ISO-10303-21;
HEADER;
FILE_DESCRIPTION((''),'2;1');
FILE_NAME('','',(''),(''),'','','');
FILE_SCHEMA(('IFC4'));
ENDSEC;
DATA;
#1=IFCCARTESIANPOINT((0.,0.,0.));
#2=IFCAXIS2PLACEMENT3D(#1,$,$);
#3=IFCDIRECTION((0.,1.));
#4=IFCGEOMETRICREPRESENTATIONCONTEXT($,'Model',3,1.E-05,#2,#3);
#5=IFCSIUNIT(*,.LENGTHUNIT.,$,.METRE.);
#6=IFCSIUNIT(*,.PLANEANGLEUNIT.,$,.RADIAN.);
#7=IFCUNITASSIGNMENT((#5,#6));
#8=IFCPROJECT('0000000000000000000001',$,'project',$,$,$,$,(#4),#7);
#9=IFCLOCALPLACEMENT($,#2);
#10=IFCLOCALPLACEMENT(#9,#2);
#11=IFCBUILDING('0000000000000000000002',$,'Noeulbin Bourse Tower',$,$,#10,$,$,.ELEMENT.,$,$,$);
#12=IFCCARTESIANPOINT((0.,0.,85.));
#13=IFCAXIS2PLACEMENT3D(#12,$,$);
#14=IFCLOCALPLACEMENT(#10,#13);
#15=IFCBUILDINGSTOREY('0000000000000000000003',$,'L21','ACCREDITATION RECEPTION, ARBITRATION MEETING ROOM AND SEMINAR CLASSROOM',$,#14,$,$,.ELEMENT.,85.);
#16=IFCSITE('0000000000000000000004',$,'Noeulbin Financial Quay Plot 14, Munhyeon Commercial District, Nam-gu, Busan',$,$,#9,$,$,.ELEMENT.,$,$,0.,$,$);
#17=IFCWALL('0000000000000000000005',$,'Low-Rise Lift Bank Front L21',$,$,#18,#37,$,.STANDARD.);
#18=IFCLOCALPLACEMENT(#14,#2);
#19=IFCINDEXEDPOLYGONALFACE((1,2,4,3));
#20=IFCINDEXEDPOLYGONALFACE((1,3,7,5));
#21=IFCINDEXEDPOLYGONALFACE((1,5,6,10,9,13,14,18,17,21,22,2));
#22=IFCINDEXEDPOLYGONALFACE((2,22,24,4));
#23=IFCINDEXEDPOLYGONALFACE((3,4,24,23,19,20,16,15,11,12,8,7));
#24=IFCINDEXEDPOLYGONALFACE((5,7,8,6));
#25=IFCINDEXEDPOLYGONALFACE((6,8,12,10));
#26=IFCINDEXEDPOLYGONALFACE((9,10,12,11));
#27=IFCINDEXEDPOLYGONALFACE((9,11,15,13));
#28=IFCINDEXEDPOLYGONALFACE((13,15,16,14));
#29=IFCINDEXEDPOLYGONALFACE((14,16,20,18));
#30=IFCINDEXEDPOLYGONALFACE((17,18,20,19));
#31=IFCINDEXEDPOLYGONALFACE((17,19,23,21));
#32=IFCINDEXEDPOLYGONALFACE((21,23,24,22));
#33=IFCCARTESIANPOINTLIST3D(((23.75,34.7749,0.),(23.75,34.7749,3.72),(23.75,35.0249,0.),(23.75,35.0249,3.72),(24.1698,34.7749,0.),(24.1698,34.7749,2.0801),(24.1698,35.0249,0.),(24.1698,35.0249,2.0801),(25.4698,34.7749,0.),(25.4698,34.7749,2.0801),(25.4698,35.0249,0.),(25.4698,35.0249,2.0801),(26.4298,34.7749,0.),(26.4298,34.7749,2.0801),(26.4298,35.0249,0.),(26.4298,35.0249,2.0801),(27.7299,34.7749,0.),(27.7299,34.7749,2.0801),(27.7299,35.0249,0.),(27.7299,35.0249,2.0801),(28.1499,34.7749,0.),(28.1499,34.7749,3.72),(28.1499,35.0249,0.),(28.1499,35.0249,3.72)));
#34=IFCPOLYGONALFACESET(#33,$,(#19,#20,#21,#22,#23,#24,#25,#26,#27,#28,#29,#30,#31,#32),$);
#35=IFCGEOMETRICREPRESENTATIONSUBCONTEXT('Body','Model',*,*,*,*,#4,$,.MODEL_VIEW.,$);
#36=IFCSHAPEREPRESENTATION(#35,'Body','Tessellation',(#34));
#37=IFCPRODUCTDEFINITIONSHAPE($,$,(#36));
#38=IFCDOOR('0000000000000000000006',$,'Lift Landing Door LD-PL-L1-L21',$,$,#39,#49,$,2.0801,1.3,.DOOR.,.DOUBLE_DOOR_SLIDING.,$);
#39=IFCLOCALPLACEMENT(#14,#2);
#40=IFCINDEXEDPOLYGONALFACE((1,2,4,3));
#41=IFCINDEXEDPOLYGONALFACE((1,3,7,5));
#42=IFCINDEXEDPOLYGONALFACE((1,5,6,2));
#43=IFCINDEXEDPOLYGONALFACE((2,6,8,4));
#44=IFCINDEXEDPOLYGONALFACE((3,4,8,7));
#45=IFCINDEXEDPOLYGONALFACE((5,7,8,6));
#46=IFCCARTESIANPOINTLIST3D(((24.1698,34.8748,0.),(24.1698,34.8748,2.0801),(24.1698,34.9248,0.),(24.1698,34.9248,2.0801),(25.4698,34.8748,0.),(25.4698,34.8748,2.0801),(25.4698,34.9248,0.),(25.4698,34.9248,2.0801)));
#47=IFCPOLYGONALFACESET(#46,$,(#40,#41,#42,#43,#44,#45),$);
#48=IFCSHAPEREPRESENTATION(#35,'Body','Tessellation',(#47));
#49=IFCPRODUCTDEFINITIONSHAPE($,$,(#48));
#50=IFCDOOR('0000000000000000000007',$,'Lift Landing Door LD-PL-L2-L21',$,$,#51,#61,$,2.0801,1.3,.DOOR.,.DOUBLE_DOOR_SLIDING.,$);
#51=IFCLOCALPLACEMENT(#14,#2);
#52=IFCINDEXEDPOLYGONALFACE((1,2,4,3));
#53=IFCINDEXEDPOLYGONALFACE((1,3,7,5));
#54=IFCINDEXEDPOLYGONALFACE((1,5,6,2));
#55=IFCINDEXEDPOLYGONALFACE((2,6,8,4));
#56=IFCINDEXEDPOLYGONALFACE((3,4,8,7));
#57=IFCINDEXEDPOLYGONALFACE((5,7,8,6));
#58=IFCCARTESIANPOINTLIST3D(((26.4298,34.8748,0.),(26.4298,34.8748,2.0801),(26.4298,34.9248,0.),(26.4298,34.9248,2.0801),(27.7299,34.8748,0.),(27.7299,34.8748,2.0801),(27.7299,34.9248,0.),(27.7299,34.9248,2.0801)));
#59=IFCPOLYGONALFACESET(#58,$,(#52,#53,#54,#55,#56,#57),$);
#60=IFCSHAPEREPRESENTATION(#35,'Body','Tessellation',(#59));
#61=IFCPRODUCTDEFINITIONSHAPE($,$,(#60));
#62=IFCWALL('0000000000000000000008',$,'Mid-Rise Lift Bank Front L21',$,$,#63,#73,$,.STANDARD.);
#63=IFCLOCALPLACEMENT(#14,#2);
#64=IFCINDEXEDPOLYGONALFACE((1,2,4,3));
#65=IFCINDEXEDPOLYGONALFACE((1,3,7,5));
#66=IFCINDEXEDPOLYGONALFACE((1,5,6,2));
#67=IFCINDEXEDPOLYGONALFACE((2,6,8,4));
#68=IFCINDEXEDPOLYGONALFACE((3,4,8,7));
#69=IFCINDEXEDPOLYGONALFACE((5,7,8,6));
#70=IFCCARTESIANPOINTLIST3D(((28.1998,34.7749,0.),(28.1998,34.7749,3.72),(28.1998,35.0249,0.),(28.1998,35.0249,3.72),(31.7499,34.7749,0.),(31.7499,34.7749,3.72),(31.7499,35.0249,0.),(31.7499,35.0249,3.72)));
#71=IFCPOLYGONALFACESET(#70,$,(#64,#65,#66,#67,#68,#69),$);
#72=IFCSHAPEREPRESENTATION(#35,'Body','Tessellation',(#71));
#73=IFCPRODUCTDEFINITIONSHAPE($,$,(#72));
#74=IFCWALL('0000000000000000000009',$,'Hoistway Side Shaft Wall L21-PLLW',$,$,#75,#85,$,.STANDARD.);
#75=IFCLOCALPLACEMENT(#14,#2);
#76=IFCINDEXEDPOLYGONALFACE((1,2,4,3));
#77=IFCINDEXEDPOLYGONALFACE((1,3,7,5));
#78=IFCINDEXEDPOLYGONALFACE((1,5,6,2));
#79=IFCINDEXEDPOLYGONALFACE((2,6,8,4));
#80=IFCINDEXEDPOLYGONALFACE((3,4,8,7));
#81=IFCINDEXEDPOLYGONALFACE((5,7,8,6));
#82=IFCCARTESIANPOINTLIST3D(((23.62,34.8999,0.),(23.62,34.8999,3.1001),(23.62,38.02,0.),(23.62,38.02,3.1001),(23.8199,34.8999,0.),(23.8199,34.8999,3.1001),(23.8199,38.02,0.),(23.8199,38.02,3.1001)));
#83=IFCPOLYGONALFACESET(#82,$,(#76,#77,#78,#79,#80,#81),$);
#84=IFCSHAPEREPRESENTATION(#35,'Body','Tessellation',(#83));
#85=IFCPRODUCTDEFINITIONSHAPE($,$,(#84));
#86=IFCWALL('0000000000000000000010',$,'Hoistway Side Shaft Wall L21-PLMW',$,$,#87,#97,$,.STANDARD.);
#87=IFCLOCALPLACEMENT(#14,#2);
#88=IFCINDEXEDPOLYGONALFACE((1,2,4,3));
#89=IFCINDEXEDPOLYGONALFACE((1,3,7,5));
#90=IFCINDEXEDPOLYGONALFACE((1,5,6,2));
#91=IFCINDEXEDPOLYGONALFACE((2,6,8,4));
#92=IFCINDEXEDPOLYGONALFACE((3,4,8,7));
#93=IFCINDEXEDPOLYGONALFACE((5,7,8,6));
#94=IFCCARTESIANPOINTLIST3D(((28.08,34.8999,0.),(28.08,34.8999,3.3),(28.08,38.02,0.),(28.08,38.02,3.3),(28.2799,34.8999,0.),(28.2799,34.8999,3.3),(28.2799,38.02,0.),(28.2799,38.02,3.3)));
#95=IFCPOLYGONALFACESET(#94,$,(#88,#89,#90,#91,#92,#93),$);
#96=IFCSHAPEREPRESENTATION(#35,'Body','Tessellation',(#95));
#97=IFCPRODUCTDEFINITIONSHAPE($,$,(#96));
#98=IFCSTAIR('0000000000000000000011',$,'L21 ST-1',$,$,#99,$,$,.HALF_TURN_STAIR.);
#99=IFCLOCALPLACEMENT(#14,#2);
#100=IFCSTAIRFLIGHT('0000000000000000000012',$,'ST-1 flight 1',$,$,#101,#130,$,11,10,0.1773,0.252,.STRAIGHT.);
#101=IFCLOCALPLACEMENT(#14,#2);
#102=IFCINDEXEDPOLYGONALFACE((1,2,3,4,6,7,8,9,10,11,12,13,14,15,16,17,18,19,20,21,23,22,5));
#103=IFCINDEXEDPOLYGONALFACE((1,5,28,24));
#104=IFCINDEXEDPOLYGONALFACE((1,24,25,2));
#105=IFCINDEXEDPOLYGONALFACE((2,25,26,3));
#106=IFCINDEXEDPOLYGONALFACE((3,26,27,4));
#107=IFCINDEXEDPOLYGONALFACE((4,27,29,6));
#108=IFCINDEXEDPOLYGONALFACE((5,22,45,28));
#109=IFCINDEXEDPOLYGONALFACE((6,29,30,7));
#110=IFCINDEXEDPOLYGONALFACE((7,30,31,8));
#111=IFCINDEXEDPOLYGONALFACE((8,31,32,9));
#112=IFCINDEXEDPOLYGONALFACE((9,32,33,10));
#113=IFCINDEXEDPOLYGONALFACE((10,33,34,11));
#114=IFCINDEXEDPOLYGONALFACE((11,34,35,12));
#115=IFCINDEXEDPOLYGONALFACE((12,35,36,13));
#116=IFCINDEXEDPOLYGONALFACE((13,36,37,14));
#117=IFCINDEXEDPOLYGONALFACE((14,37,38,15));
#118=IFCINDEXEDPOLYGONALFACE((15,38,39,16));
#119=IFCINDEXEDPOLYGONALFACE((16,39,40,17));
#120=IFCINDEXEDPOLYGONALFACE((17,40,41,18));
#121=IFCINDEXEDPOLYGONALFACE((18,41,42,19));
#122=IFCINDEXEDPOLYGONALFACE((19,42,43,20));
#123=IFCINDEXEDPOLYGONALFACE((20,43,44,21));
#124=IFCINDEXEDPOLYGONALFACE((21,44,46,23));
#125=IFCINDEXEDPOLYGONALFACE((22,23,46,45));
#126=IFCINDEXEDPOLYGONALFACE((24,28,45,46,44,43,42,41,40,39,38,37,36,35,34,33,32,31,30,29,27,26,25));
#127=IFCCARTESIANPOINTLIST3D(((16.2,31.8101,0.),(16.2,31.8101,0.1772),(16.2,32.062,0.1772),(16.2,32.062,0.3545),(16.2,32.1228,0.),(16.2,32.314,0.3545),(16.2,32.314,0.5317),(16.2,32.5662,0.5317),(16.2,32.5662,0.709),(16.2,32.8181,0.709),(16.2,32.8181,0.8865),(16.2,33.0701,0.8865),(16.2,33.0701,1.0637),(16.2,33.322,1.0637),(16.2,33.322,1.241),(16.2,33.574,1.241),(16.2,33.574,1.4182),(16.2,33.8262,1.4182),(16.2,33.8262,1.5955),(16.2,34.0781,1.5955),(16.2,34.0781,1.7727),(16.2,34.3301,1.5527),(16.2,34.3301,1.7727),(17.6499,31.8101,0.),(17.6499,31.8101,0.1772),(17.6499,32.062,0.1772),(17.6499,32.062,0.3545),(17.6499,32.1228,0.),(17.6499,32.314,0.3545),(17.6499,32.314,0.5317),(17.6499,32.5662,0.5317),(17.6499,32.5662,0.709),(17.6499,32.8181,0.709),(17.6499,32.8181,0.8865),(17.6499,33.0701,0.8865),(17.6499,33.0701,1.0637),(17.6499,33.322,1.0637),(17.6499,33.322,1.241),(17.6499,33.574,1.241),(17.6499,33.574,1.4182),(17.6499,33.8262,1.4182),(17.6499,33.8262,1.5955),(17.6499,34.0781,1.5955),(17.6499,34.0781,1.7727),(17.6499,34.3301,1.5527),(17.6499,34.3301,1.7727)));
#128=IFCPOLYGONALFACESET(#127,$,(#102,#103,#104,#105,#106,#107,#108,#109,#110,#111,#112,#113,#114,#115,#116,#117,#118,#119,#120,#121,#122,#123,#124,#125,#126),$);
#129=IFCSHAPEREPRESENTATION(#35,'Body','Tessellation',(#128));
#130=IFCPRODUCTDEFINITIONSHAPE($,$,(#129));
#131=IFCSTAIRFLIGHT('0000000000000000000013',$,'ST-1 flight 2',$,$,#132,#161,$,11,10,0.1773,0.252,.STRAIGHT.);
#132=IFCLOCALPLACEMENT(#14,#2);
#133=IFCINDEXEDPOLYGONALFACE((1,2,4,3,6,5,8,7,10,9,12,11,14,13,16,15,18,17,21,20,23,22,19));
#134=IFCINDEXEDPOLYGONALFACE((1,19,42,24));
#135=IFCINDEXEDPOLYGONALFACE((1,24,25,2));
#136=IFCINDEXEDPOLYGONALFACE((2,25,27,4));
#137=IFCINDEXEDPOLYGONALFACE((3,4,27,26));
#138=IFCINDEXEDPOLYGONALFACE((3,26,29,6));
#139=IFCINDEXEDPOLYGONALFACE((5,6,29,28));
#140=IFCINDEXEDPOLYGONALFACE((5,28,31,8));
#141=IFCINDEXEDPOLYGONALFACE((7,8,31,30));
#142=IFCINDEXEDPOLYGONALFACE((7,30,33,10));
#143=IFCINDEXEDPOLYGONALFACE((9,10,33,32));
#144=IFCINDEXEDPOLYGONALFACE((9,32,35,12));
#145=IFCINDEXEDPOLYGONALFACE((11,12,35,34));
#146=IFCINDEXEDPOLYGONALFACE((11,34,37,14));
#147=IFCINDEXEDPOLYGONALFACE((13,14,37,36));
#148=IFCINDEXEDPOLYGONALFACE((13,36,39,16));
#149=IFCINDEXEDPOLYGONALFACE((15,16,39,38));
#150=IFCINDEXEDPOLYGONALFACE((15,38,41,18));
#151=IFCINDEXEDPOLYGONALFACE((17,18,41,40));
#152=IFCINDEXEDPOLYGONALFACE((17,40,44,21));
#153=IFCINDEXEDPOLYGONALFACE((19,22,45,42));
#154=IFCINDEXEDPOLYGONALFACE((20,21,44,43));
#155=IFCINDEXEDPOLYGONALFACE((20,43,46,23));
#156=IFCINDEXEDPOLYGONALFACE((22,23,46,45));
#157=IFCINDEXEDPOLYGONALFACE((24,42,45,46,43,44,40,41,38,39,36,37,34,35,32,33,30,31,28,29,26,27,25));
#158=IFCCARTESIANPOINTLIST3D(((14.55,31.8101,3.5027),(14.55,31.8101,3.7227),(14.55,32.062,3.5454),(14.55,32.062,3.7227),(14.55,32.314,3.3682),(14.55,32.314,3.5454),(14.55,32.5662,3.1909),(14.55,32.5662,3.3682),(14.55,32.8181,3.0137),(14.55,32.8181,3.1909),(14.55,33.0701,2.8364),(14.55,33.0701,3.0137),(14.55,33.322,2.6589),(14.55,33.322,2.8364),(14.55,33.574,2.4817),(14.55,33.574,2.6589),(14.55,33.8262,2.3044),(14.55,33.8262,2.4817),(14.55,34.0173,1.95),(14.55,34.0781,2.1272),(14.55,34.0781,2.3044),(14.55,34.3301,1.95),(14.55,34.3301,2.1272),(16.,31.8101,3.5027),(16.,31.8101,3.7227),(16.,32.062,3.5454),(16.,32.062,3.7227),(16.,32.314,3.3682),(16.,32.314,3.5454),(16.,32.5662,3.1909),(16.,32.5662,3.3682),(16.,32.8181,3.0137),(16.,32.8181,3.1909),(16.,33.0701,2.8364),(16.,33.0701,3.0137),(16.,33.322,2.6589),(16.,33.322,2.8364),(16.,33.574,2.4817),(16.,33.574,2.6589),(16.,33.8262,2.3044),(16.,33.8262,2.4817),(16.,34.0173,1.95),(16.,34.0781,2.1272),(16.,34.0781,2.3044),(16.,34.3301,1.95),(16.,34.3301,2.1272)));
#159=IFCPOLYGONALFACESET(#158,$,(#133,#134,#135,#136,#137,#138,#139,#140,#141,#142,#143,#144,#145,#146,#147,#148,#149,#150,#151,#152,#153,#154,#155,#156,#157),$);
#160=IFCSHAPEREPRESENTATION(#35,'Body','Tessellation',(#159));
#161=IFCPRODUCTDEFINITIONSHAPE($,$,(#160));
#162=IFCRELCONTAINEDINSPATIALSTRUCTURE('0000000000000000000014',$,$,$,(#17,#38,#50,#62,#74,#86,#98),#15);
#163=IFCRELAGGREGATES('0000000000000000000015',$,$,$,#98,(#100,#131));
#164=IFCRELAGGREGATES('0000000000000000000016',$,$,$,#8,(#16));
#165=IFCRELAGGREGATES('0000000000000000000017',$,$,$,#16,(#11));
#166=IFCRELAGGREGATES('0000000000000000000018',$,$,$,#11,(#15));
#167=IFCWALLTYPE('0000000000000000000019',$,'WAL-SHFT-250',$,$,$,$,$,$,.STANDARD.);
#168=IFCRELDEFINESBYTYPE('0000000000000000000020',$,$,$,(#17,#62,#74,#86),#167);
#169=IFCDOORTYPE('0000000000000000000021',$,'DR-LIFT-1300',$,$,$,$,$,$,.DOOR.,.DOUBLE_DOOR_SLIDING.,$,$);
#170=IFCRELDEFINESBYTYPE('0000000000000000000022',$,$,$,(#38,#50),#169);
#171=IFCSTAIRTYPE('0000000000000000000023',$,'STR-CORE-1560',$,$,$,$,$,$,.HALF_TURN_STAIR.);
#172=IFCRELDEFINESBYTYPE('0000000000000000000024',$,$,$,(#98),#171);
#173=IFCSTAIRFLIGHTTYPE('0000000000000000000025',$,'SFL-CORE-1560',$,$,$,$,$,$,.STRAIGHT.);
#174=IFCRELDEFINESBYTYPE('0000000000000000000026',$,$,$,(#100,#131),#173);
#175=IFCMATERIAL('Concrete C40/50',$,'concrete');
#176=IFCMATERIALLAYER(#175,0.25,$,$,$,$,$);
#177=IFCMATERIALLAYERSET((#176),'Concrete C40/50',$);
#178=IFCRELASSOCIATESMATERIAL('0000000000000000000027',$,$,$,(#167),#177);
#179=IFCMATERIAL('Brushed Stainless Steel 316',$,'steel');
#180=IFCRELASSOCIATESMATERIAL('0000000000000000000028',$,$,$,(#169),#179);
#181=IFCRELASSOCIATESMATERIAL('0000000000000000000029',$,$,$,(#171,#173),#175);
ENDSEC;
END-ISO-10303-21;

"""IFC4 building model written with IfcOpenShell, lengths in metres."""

from ifc_helpers import new_model, si_unit, direction, frame, frame_2d, origin, place, context, subcontext, project, spatial, polyline, rectangle, outline, extrude, material, layer, layer_set, type_object, element, fill, aggregate, save


model = new_model("IFC4")

# Units and contexts
model_context = context("Model", 3, precision=1e-05, world=origin(), true_north=direction((0.0, 1.0)))
body_context = subcontext(model_context, "Body", "Model", "MODEL_VIEW")
ifc_project = project(units=[si_unit("LENGTHUNIT", "METRE"), si_unit("PLANEANGLEUNIT", "RADIAN")], contexts=[model_context])

# Site, building, storey
site_placement = place(None, origin())
site = spatial("IfcSite", under=ifc_project, at=site_placement, Name="Noeulbin Financial Quay Plot 14, Munhyeon Commercial District, Nam-gu, Busan", CompositionType="ELEMENT", RefElevation=0.0)
building_placement = place(site_placement, origin())
building = spatial("IfcBuilding", under=site, at=building_placement, Name="Noeulbin Bourse Tower", CompositionType="ELEMENT")
storey_placement = place(building_placement, frame((0.0, 0.0, 85.0)))
storey = spatial("IfcBuildingStorey", under=building, at=storey_placement, Name="L21", Description="ACCREDITATION RECEPTION, ARBITRATION MEETING ROOM AND SEMINAR CLASSROOM", CompositionType="ELEMENT", Elevation=85.0)

# Shared definitions
ifc_material_1 = material(Name="Concrete C40/50", Category="concrete")
ifc_layer_1 = layer(ifc_material_1, 0.25)
ifc_layer_set_1 = layer_set([ifc_layer_1], Name="Concrete C40/50")
wall_type_1 = type_object("IfcWallType", Name="WAL-SHFT-250", PredefinedType="STANDARD", material=ifc_layer_set_1)

# Shared definitions
ifc_material_2 = material(Name="Brushed Stainless Steel 316", Category="steel")

# Wall, openings, doors
wall_1_placement = place(storey_placement, frame((23.75, 34.8999, 0.0), z_axis=(0.0, 0.0, 1.0), x_axis=(1.0, 0.0, 0.0)))
wall_1 = element("IfcWall", 1, at=wall_1_placement, inside=storey, type_object=wall_type_1, Name="Low-Rise Lift Bank Front L21", PredefinedType="STANDARD", context=body_context, shape_type="SweptSolid", body=[
    extrude(rectangle(XDim=4.3999, YDim=0.25, at=frame_2d((2.2, 0.0))), origin(), (0.0, 0.0, 1.0), 3.72),
])
opening_1_placement = place(wall_1_placement, frame((0.4199, 0.0, 0.0)))
opening_1 = element("IfcOpeningElement", 2, at=opening_1_placement, cuts=wall_1, PredefinedType="OPENING", context=body_context, shape_type="SweptSolid", body=[
    extrude(rectangle(XDim=1.3, YDim=2.0801, at=frame_2d((0.6499, 1.04))), frame((0.0, 0.135, 0.0), z_axis=(0.0, -1.0, 0.0), x_axis=(1.0, 0.0, 0.0)), (0.0, 0.0, 1.0), 0.27),
])
opening_2_placement = place(wall_1_placement, frame((2.6799, 0.0, 0.0)))
opening_2 = element("IfcOpeningElement", 3, at=opening_2_placement, cuts=wall_1, PredefinedType="OPENING", context=body_context, shape_type="SweptSolid", body=[
    extrude(rectangle(XDim=1.3, YDim=2.0801, at=frame_2d((0.6499, 1.04))), frame((0.0, 0.135, 0.0), z_axis=(0.0, -1.0, 0.0), x_axis=(1.0, 0.0, 0.0)), (0.0, 0.0, 1.0), 0.27),
])
door_type_1 = type_object("IfcDoorType", Name="DR-LIFT-1300", OperationType="DOUBLE_DOOR_SLIDING", PredefinedType="DOOR", material=ifc_material_2)
door_1_placement = place(opening_1_placement, origin())
door_1 = element("IfcDoor", 4, at=door_1_placement, inside=storey, type_object=door_type_1, Name="Lift Landing Door LD-PL-L1-L21", OperationType="DOUBLE_DOOR_SLIDING", OverallHeight=2.0801, OverallWidth=1.3, PredefinedType="DOOR", context=body_context, shape_type="SweptSolid", body=[
    extrude(rectangle(XDim=1.3, YDim=2.0801, at=frame_2d((0.6499, 1.04))), frame((0.0, 0.0249, 0.0), z_axis=(0.0, -1.0, 0.0), x_axis=(1.0, 0.0, 0.0)), (0.0, 0.0, 1.0), 0.05),
])
fill(opening_1, door_1)
door_2_placement = place(opening_2_placement, origin())
door_2 = element("IfcDoor", 5, at=door_2_placement, inside=storey, type_object=door_type_1, Name="Lift Landing Door LD-PL-L2-L21", OperationType="DOUBLE_DOOR_SLIDING", OverallHeight=2.0801, OverallWidth=1.3, PredefinedType="DOOR", context=body_context, shape_type="SweptSolid", body=[
    extrude(rectangle(XDim=1.3, YDim=2.0801, at=frame_2d((0.6499, 1.04))), frame((0.0, 0.0249, 0.0), z_axis=(0.0, -1.0, 0.0), x_axis=(1.0, 0.0, 0.0)), (0.0, 0.0, 1.0), 0.05),
])
fill(opening_2, door_2)

# Walls
wall_2_placement = place(storey_placement, frame((28.2, 34.8999, 0.0), z_axis=(0.0, 0.0, 1.0), x_axis=(1.0, 0.0, 0.0)))
element("IfcWall", 6, at=wall_2_placement, inside=storey, type_object=wall_type_1, Name="Mid-Rise Lift Bank Front L21", PredefinedType="STANDARD", context=body_context, shape_type="SweptSolid", body=[
    extrude(rectangle(XDim=3.55, YDim=0.25, at=frame_2d((1.7749, 0.0))), origin(), (0.0, 0.0, 1.0), 3.72),
])
wall_3_placement = place(storey_placement, frame((23.72, 34.8999, 0.0), z_axis=(0.0, 0.0, 1.0), x_axis=(0.0, 1.0, 0.0)))
element("IfcWall", 7, at=wall_3_placement, inside=storey, type_object=wall_type_1, Name="Hoistway Side Shaft Wall L21-PLLW", PredefinedType="STANDARD", context=body_context, shape_type="SweptSolid", body=[
    extrude(rectangle(XDim=3.1201, YDim=0.2, at=frame_2d((1.5601, 0.0))), origin(), (0.0, 0.0, 1.0), 3.1001),
])
wall_4_placement = place(storey_placement, frame((28.1799, 34.8999, 0.0), z_axis=(0.0, 0.0, 1.0), x_axis=(0.0, 1.0, 0.0)))
element("IfcWall", 8, at=wall_4_placement, inside=storey, type_object=wall_type_1, Name="Hoistway Side Shaft Wall L21-PLMW", PredefinedType="STANDARD", context=body_context, shape_type="SweptSolid", body=[
    extrude(rectangle(XDim=3.1201, YDim=0.2, at=frame_2d((1.5601, 0.0))), origin(), (0.0, 0.0, 1.0), 3.3),
])

# Stair, stair flights
stair_type = type_object("IfcStairType", Name="STR-CORE-1560", PredefinedType="HALF_TURN_STAIR", material=ifc_material_1)
stair_placement = place(storey_placement, origin())
stair = element("IfcStair", 9, at=stair_placement, inside=storey, type_object=stair_type, Name="L21 ST-1", PredefinedType="HALF_TURN_STAIR")
stair_flight_type = type_object("IfcStairFlightType", Name="SFL-CORE-1560", PredefinedType="STRAIGHT", material=ifc_material_1)
stair_flight_1_placement = place(storey_placement, frame((16.925, 31.8101, 0.0), z_axis=(0.0, 0.0, 1.0), x_axis=(0.0, 1.0, 0.0)))
stair_flight_1 = element("IfcStairFlight", 10, at=stair_flight_1_placement, type_object=stair_flight_type, Name="ST-1 flight 1", NumberOfRisers=11, NumberOfTreads=10, PredefinedType="STRAIGHT", RiserHeight=0.1773, TreadLength=0.252, context=body_context, shape_type="SweptSolid", body=[
    extrude(outline(polyline([(0.0, 0.0), (0.0, 0.1772), (0.252, 0.1772), (0.252, 0.3545), (0.5039, 0.3545), (0.5039, 0.5317), (0.7561, 0.5317), (0.7561, 0.709), (1.0081, 0.709), (1.0081, 0.8865), (1.26, 0.8865), (1.26, 1.0637), (1.512, 1.0637), (1.512, 1.241), (1.7639, 1.241), (1.7639, 1.4182), (2.0161, 1.4182), (2.0161, 1.5955), (2.2681, 1.5955), (2.2681, 1.7727), (2.52, 1.7727), (2.52, 1.95), (2.52, 1.5527), (0.3127, 0.0), (0.0, 0.0)])), frame((0.0, 0.7251, 0.0), z_axis=(0.0, -1.0, 0.0), x_axis=(1.0, 0.0, 0.0)), (0.0, 0.0, 1.0), 1.45),
])
stair_flight_2_placement = place(storey_placement, frame((15.2749, 34.3301, 1.95), z_axis=(0.0, 0.0, 1.0), x_axis=(0.0, -1.0, 0.0)))
stair_flight_2 = element("IfcStairFlight", 11, at=stair_flight_2_placement, type_object=stair_flight_type, Name="ST-1 flight 2", NumberOfRisers=11, NumberOfTreads=10, PredefinedType="STRAIGHT", RiserHeight=0.1773, TreadLength=0.252, context=body_context, shape_type="SweptSolid", body=[
    extrude(outline(polyline([(0.0, 0.0), (0.0, 0.1772), (0.252, 0.1772), (0.252, 0.3545), (0.5039, 0.3545), (0.5039, 0.5317), (0.7561, 0.5317), (0.7561, 0.709), (1.0081, 0.709), (1.0081, 0.8865), (1.26, 0.8865), (1.26, 1.0637), (1.512, 1.0637), (1.512, 1.241), (1.7639, 1.241), (1.7639, 1.4182), (2.0161, 1.4182), (2.0161, 1.5955), (2.2681, 1.5955), (2.2681, 1.7727), (2.52, 1.7727), (2.52, 1.95), (2.52, 1.5527), (0.3127, 0.0), (0.0, 0.0)])), frame((0.0, 0.7251, 0.0), z_axis=(0.0, -1.0, 0.0), x_axis=(1.0, 0.0, 0.0)), (0.0, 0.0, 1.0), 1.45),
])
aggregate(stair, [stair_flight_1, stair_flight_2])

save(model, "model.ifc")
